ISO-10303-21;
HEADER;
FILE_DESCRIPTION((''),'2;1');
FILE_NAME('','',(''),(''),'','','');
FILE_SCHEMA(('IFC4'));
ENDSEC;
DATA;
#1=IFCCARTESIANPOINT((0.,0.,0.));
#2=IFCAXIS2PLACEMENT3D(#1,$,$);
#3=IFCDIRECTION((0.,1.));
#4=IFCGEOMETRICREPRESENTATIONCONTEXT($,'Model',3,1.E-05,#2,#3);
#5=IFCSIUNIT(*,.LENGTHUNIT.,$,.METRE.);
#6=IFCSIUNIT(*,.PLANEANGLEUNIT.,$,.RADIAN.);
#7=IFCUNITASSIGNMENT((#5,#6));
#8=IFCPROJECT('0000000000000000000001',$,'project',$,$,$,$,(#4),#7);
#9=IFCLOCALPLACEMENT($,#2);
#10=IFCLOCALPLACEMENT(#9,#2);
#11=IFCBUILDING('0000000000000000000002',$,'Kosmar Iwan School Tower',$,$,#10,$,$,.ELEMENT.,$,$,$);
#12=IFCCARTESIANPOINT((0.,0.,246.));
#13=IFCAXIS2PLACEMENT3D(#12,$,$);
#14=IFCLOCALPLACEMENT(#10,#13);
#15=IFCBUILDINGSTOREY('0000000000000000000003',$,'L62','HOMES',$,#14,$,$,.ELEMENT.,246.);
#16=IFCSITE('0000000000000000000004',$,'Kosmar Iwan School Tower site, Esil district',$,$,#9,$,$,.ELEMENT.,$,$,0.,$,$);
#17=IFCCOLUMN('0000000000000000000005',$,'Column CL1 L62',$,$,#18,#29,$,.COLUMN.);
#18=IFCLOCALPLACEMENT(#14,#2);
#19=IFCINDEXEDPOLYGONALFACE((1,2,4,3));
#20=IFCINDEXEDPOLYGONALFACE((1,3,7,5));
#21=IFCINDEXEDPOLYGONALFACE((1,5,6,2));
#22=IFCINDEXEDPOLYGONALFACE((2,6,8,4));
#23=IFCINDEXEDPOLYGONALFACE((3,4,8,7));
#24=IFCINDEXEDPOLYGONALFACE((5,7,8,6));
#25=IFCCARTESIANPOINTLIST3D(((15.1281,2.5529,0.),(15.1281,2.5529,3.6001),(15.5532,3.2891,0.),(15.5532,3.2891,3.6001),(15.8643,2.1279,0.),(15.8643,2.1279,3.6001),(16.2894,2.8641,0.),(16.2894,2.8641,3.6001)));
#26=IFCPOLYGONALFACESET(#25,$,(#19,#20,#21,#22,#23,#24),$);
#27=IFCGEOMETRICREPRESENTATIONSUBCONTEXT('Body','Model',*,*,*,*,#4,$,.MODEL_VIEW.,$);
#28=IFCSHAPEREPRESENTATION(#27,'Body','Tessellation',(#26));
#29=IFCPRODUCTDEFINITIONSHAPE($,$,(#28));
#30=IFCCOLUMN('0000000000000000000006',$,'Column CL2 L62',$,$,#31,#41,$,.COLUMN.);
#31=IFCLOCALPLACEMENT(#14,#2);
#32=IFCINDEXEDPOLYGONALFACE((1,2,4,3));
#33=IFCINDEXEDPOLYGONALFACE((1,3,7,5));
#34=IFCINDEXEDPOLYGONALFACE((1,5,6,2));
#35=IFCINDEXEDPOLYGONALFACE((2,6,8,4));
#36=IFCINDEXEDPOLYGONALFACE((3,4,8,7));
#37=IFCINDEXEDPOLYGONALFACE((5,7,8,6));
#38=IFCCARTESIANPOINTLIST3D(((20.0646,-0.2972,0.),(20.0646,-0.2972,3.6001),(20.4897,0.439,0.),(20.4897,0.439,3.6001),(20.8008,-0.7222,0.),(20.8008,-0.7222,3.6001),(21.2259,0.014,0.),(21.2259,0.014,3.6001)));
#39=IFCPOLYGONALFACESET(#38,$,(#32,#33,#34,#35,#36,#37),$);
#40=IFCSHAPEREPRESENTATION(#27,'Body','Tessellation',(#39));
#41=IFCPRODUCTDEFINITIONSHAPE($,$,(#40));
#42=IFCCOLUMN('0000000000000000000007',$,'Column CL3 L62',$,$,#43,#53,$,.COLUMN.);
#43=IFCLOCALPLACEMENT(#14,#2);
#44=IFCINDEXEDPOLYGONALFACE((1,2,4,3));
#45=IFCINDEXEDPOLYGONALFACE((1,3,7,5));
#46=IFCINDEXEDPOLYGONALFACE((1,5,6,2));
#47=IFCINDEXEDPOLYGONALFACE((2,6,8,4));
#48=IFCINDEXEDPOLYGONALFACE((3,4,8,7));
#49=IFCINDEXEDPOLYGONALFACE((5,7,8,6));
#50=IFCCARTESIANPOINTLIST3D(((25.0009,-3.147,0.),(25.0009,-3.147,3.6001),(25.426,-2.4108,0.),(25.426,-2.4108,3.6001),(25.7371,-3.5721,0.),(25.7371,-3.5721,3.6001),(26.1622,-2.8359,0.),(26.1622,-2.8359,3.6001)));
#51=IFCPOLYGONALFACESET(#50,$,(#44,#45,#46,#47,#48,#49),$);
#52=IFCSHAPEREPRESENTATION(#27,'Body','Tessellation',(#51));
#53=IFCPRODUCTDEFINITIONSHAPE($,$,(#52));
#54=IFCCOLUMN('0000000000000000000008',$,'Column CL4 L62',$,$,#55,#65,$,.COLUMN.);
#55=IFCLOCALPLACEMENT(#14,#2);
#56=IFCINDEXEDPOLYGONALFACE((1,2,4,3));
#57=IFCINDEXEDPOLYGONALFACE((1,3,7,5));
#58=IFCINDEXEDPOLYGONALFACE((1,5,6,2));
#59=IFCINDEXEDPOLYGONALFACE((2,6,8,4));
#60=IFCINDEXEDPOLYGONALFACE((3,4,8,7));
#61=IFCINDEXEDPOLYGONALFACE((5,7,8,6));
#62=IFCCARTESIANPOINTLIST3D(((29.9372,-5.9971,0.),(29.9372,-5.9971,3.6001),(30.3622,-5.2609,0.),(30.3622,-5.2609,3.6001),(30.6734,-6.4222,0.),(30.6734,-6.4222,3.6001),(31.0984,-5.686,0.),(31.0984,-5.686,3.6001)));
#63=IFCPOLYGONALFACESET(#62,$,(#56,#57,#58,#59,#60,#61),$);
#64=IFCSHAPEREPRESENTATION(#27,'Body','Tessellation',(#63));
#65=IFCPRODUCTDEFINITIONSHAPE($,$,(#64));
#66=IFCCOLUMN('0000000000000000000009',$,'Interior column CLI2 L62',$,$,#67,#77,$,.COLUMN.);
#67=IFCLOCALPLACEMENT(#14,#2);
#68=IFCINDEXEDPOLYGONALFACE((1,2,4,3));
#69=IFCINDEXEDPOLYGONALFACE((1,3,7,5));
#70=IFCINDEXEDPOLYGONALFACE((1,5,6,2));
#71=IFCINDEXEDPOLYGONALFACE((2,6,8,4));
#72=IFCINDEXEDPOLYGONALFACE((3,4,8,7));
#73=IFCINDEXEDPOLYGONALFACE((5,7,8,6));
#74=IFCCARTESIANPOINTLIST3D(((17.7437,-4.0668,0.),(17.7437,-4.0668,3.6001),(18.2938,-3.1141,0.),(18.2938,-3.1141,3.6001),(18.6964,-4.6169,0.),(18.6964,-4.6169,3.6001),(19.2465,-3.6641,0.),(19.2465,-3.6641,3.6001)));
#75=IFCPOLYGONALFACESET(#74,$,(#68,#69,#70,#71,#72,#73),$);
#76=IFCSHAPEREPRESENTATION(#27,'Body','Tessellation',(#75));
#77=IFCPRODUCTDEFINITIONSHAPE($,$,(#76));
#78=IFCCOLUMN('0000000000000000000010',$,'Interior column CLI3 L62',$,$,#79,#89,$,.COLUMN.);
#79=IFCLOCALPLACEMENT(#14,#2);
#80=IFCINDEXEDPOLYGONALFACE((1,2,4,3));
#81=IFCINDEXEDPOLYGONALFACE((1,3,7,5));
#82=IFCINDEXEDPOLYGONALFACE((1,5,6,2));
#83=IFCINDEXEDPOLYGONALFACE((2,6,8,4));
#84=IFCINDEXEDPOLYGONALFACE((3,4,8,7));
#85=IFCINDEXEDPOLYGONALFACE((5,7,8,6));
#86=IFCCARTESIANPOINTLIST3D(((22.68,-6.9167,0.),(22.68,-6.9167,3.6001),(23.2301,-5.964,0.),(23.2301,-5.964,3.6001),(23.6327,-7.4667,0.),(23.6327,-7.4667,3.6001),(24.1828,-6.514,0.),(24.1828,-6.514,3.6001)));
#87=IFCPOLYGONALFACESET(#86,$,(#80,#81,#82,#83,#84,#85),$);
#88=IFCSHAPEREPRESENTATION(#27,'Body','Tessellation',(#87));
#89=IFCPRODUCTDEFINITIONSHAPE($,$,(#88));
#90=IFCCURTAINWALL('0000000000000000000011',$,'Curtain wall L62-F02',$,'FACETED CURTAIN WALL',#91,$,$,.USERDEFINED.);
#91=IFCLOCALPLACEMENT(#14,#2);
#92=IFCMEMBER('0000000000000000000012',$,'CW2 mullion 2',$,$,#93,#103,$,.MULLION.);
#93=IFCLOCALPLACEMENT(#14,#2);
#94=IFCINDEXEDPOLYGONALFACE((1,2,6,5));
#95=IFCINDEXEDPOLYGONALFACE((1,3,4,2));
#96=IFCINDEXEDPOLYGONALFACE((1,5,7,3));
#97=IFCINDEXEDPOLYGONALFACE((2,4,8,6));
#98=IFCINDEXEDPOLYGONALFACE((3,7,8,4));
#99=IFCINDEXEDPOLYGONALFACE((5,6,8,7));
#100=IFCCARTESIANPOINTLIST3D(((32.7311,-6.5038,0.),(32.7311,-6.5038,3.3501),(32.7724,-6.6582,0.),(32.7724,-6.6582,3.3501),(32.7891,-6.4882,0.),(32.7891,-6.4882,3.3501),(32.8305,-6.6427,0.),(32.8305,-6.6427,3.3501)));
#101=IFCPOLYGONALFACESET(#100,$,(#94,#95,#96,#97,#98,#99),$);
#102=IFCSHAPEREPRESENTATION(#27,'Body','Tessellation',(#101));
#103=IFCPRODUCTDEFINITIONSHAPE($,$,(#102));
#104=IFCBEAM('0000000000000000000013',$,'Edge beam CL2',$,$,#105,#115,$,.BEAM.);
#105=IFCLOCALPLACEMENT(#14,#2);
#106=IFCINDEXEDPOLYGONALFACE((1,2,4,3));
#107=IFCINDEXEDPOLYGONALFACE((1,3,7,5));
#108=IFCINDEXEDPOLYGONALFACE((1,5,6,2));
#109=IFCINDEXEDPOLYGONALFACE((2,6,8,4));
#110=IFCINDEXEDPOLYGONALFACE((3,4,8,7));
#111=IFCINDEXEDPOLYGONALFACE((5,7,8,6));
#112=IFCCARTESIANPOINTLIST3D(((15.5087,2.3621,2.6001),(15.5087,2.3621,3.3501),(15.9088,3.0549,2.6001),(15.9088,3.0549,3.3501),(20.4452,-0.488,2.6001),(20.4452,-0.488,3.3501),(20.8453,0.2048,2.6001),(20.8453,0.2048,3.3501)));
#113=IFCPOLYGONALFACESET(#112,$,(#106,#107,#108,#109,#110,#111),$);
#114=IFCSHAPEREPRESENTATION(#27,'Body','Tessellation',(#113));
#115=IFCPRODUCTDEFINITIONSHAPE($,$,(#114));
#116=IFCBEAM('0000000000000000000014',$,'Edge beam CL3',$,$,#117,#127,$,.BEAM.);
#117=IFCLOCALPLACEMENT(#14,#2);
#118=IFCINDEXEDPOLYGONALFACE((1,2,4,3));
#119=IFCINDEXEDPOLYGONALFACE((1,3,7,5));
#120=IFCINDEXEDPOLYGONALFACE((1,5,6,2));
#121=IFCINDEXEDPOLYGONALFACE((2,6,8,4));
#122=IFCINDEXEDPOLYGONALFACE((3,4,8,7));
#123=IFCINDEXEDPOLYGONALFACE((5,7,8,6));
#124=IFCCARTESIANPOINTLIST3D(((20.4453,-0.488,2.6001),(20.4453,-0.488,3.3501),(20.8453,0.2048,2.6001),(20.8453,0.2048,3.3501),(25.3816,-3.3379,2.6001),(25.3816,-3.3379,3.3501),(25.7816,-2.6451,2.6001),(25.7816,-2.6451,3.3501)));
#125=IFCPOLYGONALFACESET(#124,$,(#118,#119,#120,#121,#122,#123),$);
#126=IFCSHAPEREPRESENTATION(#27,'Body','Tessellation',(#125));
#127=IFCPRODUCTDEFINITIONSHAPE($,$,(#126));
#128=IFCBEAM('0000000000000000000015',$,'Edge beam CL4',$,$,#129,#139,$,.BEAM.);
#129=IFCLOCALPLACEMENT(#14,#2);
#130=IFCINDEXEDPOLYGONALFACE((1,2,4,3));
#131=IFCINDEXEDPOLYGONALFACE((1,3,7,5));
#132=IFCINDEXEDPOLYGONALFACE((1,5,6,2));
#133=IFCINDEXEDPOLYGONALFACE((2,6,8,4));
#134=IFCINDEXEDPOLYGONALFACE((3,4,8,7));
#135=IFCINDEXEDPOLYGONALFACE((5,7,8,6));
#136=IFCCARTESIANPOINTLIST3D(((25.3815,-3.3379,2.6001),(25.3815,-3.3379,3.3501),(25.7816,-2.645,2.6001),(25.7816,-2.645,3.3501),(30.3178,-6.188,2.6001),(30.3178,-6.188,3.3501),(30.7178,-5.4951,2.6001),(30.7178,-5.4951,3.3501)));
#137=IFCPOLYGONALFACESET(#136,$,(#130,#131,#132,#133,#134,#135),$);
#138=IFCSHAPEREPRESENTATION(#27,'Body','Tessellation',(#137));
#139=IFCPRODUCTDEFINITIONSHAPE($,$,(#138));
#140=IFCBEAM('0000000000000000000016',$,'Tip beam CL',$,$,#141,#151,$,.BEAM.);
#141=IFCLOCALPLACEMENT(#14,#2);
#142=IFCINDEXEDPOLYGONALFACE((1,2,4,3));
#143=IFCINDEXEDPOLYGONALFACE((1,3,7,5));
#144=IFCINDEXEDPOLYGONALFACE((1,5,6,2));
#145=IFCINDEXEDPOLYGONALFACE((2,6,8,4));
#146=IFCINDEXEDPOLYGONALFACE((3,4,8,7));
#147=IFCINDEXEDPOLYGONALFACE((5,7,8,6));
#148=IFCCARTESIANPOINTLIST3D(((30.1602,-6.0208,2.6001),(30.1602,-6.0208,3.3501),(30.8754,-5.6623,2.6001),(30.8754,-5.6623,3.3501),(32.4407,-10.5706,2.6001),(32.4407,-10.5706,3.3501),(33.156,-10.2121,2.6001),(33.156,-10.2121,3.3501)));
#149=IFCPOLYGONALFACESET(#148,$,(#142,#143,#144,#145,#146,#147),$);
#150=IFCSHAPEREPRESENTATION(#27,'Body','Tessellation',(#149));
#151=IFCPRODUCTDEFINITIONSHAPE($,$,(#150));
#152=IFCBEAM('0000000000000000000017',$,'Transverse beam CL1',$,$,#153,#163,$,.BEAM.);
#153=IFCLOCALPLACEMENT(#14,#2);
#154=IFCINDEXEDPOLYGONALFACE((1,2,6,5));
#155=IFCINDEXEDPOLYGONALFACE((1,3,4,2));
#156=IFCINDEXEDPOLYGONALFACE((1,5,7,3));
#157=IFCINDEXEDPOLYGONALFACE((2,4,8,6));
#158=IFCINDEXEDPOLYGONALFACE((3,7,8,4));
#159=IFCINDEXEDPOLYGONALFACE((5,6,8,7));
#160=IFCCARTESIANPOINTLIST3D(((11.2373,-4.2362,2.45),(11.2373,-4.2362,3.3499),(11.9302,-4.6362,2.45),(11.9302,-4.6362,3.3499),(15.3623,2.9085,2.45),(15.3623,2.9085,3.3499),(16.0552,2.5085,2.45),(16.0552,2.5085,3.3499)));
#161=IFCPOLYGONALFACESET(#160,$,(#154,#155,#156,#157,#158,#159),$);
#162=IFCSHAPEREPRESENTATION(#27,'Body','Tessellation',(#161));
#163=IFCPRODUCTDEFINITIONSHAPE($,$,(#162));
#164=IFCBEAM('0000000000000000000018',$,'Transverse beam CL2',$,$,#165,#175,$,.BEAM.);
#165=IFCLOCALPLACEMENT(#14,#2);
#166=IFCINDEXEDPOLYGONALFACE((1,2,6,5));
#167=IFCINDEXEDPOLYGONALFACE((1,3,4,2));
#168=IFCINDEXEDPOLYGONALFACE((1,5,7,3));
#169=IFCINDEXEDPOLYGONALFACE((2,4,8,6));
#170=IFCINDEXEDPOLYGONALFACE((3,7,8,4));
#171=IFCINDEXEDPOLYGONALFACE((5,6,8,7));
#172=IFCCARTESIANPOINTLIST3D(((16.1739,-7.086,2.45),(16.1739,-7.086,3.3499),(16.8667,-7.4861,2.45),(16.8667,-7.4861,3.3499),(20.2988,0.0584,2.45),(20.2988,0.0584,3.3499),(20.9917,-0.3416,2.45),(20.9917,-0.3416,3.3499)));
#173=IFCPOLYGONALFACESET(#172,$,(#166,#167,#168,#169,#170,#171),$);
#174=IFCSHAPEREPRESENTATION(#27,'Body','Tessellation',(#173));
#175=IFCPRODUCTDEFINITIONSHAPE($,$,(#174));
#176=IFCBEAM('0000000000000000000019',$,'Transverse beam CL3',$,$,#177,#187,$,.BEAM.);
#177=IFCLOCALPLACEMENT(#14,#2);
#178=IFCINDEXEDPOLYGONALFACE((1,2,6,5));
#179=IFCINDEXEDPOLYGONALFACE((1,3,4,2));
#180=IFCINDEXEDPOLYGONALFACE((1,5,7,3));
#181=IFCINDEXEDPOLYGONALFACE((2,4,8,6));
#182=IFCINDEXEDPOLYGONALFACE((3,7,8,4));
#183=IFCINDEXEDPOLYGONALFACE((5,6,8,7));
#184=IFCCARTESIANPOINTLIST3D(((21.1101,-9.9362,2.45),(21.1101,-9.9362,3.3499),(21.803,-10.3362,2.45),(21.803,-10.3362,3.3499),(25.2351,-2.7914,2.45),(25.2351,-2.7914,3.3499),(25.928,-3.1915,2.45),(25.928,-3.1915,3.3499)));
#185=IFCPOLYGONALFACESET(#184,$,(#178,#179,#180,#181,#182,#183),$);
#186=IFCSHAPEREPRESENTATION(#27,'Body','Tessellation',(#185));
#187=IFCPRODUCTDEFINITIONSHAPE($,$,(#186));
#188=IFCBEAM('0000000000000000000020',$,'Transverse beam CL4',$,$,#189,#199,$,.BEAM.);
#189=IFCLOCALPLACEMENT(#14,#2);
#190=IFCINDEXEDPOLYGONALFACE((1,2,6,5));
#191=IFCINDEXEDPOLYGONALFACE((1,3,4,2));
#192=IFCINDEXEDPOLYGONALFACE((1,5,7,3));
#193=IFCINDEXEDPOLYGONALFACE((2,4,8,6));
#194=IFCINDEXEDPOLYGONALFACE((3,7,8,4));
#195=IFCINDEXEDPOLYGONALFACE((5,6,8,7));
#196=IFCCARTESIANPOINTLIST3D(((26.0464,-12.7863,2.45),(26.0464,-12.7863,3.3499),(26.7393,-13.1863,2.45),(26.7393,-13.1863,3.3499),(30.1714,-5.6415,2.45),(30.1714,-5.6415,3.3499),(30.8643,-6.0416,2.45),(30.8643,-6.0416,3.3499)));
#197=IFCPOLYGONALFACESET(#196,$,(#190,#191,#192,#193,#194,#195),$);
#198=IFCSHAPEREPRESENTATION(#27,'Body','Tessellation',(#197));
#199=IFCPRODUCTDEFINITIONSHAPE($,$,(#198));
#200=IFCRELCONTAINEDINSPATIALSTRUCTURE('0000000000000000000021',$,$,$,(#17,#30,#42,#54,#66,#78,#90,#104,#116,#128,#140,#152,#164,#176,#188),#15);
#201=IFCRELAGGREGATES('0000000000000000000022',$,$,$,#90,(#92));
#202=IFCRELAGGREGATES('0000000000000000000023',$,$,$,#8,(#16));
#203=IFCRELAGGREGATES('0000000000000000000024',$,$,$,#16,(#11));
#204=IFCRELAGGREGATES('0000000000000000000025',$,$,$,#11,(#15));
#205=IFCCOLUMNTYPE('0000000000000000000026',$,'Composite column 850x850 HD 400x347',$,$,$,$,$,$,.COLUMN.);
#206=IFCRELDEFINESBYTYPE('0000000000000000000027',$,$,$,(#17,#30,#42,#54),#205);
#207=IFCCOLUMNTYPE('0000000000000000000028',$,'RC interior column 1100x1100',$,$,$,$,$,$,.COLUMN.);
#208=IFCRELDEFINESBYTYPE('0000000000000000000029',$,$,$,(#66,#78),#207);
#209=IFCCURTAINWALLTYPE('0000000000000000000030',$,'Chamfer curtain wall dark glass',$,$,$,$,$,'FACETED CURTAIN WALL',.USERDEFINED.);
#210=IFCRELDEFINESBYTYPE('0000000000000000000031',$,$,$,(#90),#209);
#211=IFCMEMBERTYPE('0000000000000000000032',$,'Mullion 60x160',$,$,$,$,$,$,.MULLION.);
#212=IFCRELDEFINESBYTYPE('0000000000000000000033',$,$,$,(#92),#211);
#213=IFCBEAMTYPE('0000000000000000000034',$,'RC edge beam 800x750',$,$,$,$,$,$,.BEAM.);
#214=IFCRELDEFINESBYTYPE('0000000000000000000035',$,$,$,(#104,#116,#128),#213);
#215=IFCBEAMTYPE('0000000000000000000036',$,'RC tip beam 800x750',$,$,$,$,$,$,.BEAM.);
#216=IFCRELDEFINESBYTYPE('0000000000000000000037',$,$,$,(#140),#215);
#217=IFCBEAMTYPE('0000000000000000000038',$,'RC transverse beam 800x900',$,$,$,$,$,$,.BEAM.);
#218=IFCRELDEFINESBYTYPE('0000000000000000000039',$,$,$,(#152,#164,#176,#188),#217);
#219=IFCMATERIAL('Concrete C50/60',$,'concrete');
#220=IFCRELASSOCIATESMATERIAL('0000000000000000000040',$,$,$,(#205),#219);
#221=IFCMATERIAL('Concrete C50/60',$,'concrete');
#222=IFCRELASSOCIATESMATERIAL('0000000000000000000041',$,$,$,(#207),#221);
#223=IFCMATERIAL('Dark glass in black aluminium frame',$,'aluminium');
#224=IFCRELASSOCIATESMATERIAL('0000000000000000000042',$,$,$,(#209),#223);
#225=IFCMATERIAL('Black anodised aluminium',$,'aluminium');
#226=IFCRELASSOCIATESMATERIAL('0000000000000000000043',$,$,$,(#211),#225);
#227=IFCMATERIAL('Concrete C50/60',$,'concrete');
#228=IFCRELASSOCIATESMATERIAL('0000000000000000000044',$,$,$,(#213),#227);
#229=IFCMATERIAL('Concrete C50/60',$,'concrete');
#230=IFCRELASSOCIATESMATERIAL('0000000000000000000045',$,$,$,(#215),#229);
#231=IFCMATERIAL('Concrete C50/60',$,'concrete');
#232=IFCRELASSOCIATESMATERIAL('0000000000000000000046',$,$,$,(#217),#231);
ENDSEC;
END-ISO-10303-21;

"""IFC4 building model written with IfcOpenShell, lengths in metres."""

from ifc_helpers import new_model, si_unit, direction, frame, origin, origin_2d, place, context, subcontext, project, spatial, rectangle, extrude, material, material_profile, profile_set, type_object, element, aggregate, save


model = new_model("IFC4")

# Units and contexts
model_context = context("Model", 3, precision=1e-05, world=origin(), true_north=direction((0.0, 1.0)))
body_context = subcontext(model_context, "Body", "Model", "MODEL_VIEW")
ifc_project = project(units=[si_unit("LENGTHUNIT", "METRE"), si_unit("PLANEANGLEUNIT", "RADIAN")], contexts=[model_context])

# Site, building, storey
site_placement = place(None, origin())
site = spatial("IfcSite", under=ifc_project, at=site_placement, Name="Kosmar Iwan School Tower site, Esil district", CompositionType="ELEMENT", RefElevation=0.0)
building_placement = place(site_placement, origin())
building = spatial("IfcBuilding", under=site, at=building_placement, Name="Kosmar Iwan School Tower", CompositionType="ELEMENT")
storey_placement = place(building_placement, frame((0.0, 0.0, 246.0)))
storey = spatial("IfcBuildingStorey", under=building, at=storey_placement, Name="L62", Description="HOMES", CompositionType="ELEMENT", Elevation=246.0)

# Columns
ifc_material_1 = material(Name="Concrete C50/60", Category="concrete")
ifc_material_profile_1 = material_profile(ifc_material_1, rectangle(XDim=0.8501, YDim=0.8501, at=origin_2d()), Name="RC 850x850 + HD 400x347")
ifc_profile_set_1 = profile_set([ifc_material_profile_1], Name="Concrete C50/60")
column_type_1 = type_object("IfcColumnType", Name="Composite column 850x850 HD 400x347", PredefinedType="COLUMN", material=ifc_profile_set_1)
for number, where, z_axis, x_axis, name in (
    (1, (15.7087, 2.7085, 0.0), (0.0, 0.0, 1.0), (0.866025, -0.5, 0.0), "Column CL1 L62"),
    (2, (20.6453, -0.1416, 0.0), (0.0, 0.0, 1.0), (0.866025, -0.5, 0.0), "Column CL2 L62"),
    (3, (25.5815, -2.9915, 0.0), (0.0, 0.0, 1.0), (0.866025, -0.5, 0.0), "Column CL3 L62"),
    (4, (30.5178, -5.8416, 0.0), (0.0, 0.0, 1.0), (0.866025, -0.5, 0.0), "Column CL4 L62"),
):
    element("IfcColumn", number, at=place(storey_placement, frame(where, z_axis=z_axis, x_axis=x_axis)), inside=storey, type_object=column_type_1, Name=name, PredefinedType="COLUMN", context=body_context, shape_type="SweptSolid", body=[
        extrude(rectangle(XDim=0.8501, YDim=0.8501, at=origin_2d()), origin(), (0.0, 0.0, 1.0), 3.6001),
    ])
ifc_material_2 = material(Name="Concrete C50/60", Category="concrete")
ifc_material_profile_2 = material_profile(ifc_material_2, rectangle(XDim=1.1001, YDim=1.1001, at=origin_2d()), Name="RC 1100x1100")
ifc_profile_set_2 = profile_set([ifc_material_profile_2], Name="Concrete C50/60")
column_type_2 = type_object("IfcColumnType", Name="RC interior column 1100x1100", PredefinedType="COLUMN", material=ifc_profile_set_2)
for number, where, z_axis, x_axis, name in (
    (5, (18.4951, -3.8655, 0.0), (0.0, 0.0, 1.0), (0.866025, -0.5, 0.0), "Interior column CLI2 L62"),
    (6, (23.4314, -6.7153, 0.0), (0.0, 0.0, 1.0), (0.866025, -0.5, 0.0), "Interior column CLI3 L62"),
):
    element("IfcColumn", number, at=place(storey_placement, frame(where, z_axis=z_axis, x_axis=x_axis)), inside=storey, type_object=column_type_2, Name=name, PredefinedType="COLUMN", context=body_context, shape_type="SweptSolid", body=[
        extrude(rectangle(XDim=1.1001, YDim=1.1001, at=origin_2d()), origin(), (0.0, 0.0, 1.0), 3.6001),
    ])

# Curtain wall, member
ifc_material_3 = material(Name="Dark glass in black aluminium frame", Category="aluminium")
curtain_wall_type = type_object("IfcCurtainWallType", Name="Chamfer curtain wall dark glass", ElementType="FACETED CURTAIN WALL", PredefinedType="USERDEFINED", material=ifc_material_3)
curtain_wall_placement = place(storey_placement, origin())
curtain_wall = element("IfcCurtainWall", 7, at=curtain_wall_placement, inside=storey, type_object=curtain_wall_type, Name="Curtain wall L62-F02", ObjectType="FACETED CURTAIN WALL", PredefinedType="USERDEFINED")
ifc_material_4 = material(Name="Black anodised aluminium", Category="aluminium")
ifc_material_profile_3 = material_profile(ifc_material_4, rectangle(XDim=0.0601, YDim=0.1599, at=origin_2d()), Name="MULLION 60x160")
ifc_profile_set_3 = profile_set([ifc_material_profile_3], Name="Black anodised aluminium")
member_type = type_object("IfcMemberType", Name="Mullion 60x160", PredefinedType="MULLION", material=ifc_profile_set_3)
member_placement = place(storey_placement, frame((32.7808, -6.5732, 0.0), z_axis=(0.0, 0.0, 1.0), x_axis=(-0.965926, -0.258819, 0.0)))
member = element("IfcMember", 8, at=member_placement, type_object=member_type, Name="CW2 mullion 2", PredefinedType="MULLION", context=body_context, shape_type="SweptSolid", body=[
    extrude(rectangle(XDim=0.0601, YDim=0.1599, at=origin_2d()), origin(), (0.0, 0.0, 1.0), 3.3501),
])

# Beams
ifc_material_5 = material(Name="Concrete C50/60", Category="concrete")
ifc_material_profile_4 = material_profile(ifc_material_5, rectangle(XDim=0.8, YDim=0.75, at=origin_2d()), Name="RC 800x750")
ifc_profile_set_4 = profile_set([ifc_material_profile_4], Name="Concrete C50/60")
beam_type_1 = type_object("IfcBeamType", Name="RC edge beam 800x750", PredefinedType="BEAM", material=ifc_profile_set_4)
beam_1_placement = place(storey_placement, frame((15.7087, 2.7085, 2.9751), z_axis=(0.866026, -0.499999, 0.0), x_axis=(0.499999, 0.866026, 0.0)))
element("IfcBeam", 9, at=beam_1_placement, inside=storey, type_object=beam_type_1, Name="Edge beam CL2", PredefinedType="BEAM", context=body_context, shape_type="SweptSolid", body=[
    extrude(rectangle(XDim=0.8, YDim=0.75, at=origin_2d()), origin(), (0.0, 0.0, 1.0), 5.7002),
])
for number, where, z_axis, x_axis, name in (
    (10, (20.6453, -0.1416, 2.9751), (0.866034, -0.499986, 0.0), (0.499986, 0.866034, 0.0), "Edge beam CL3"),
    (11, (25.5815, -2.9915, 2.9751), (0.866015, -0.500018, 0.0), (0.500018, 0.866015, 0.0), "Edge beam CL4"),
):
    element("IfcBeam", number, at=place(storey_placement, frame(where, z_axis=z_axis, x_axis=x_axis)), inside=storey, type_object=beam_type_1, Name=name, PredefinedType="BEAM", context=body_context, shape_type="SweptSolid", body=[
        extrude(rectangle(XDim=0.8, YDim=0.75, at=origin_2d()), origin(), (0.0, 0.0, 1.0), 5.7),
    ])
ifc_material_6 = material(Name="Concrete C50/60", Category="concrete")
ifc_material_profile_5 = material_profile(ifc_material_6, rectangle(XDim=0.8, YDim=0.75, at=origin_2d()), Name="RC 800x750")
ifc_profile_set_5 = profile_set([ifc_material_profile_5], Name="Concrete C50/60")
beam_type_2 = type_object("IfcBeamType", Name="RC tip beam 800x750", PredefinedType="BEAM", material=ifc_profile_set_5)
beam_2_placement = place(storey_placement, frame((30.5178, -5.8416, 2.9751), z_axis=(0.448096, -0.893985, 0.0), x_axis=(0.893985, 0.448096, 0.0)))
element("IfcBeam", 12, at=beam_2_placement, inside=storey, type_object=beam_type_2, Name="Tip beam CL", PredefinedType="BEAM", context=body_context, shape_type="SweptSolid", body=[
    extrude(rectangle(XDim=0.8, YDim=0.75, at=origin_2d()), origin(), (0.0, 0.0, 1.0), 5.0894),
])
ifc_material_7 = material(Name="Concrete C50/60", Category="concrete")
ifc_material_profile_6 = material_profile(ifc_material_7, rectangle(XDim=0.8, YDim=0.8999, at=origin_2d()), Name="RC 800x900")
ifc_profile_set_6 = profile_set([ifc_material_profile_6], Name="Concrete C50/60")
beam_type_3 = type_object("IfcBeamType", Name="RC transverse beam 800x900", PredefinedType="BEAM", material=ifc_profile_set_6)
beam_3_placement = place(storey_placement, frame((15.7087, 2.7085, 2.8999), z_axis=(-0.499997, -0.866027, 0.0), x_axis=(0.866027, -0.499997, 0.0)))
element("IfcBeam", 13, at=beam_3_placement, inside=storey, type_object=beam_type_3, Name="Transverse beam CL1", PredefinedType="BEAM", context=body_context, shape_type="SweptSolid", body=[
    extrude(rectangle(XDim=0.8, YDim=0.8999, at=origin_2d()), origin(), (0.0, 0.0, 1.0), 8.25),
])
beam_4_placement = place(storey_placement, frame((20.6453, -0.1416, 2.8999), z_axis=(-0.500009, -0.86602, 0.0), x_axis=(0.86602, -0.500009, 0.0)))
element("IfcBeam", 14, at=beam_4_placement, inside=storey, type_object=beam_type_3, Name="Transverse beam CL2", PredefinedType="BEAM", context=body_context, shape_type="SweptSolid", body=[
    extrude(rectangle(XDim=0.8, YDim=0.8999, at=origin_2d()), origin(), (0.0, 0.0, 1.0), 8.2498),
])
for number, where, z_axis, x_axis, name in (
    (15, (25.5815, -2.9915, 2.8999), (-0.499997, -0.866027, 0.0), (0.866027, -0.499997, 0.0), "Transverse beam CL3"),
    (16, (30.5178, -5.8416, 2.8999), (-0.499997, -0.866027, 0.0), (0.866027, -0.499997, 0.0), "Transverse beam CL4"),
):
    element("IfcBeam", number, at=place(storey_placement, frame(where, z_axis=z_axis, x_axis=x_axis)), inside=storey, type_object=beam_type_3, Name=name, PredefinedType="BEAM", context=body_context, shape_type="SweptSolid", body=[
        extrude(rectangle(XDim=0.8, YDim=0.8999, at=origin_2d()), origin(), (0.0, 0.0, 1.0), 8.25),
    ])

aggregate(curtain_wall, [member])

save(model, "model.ifc")
